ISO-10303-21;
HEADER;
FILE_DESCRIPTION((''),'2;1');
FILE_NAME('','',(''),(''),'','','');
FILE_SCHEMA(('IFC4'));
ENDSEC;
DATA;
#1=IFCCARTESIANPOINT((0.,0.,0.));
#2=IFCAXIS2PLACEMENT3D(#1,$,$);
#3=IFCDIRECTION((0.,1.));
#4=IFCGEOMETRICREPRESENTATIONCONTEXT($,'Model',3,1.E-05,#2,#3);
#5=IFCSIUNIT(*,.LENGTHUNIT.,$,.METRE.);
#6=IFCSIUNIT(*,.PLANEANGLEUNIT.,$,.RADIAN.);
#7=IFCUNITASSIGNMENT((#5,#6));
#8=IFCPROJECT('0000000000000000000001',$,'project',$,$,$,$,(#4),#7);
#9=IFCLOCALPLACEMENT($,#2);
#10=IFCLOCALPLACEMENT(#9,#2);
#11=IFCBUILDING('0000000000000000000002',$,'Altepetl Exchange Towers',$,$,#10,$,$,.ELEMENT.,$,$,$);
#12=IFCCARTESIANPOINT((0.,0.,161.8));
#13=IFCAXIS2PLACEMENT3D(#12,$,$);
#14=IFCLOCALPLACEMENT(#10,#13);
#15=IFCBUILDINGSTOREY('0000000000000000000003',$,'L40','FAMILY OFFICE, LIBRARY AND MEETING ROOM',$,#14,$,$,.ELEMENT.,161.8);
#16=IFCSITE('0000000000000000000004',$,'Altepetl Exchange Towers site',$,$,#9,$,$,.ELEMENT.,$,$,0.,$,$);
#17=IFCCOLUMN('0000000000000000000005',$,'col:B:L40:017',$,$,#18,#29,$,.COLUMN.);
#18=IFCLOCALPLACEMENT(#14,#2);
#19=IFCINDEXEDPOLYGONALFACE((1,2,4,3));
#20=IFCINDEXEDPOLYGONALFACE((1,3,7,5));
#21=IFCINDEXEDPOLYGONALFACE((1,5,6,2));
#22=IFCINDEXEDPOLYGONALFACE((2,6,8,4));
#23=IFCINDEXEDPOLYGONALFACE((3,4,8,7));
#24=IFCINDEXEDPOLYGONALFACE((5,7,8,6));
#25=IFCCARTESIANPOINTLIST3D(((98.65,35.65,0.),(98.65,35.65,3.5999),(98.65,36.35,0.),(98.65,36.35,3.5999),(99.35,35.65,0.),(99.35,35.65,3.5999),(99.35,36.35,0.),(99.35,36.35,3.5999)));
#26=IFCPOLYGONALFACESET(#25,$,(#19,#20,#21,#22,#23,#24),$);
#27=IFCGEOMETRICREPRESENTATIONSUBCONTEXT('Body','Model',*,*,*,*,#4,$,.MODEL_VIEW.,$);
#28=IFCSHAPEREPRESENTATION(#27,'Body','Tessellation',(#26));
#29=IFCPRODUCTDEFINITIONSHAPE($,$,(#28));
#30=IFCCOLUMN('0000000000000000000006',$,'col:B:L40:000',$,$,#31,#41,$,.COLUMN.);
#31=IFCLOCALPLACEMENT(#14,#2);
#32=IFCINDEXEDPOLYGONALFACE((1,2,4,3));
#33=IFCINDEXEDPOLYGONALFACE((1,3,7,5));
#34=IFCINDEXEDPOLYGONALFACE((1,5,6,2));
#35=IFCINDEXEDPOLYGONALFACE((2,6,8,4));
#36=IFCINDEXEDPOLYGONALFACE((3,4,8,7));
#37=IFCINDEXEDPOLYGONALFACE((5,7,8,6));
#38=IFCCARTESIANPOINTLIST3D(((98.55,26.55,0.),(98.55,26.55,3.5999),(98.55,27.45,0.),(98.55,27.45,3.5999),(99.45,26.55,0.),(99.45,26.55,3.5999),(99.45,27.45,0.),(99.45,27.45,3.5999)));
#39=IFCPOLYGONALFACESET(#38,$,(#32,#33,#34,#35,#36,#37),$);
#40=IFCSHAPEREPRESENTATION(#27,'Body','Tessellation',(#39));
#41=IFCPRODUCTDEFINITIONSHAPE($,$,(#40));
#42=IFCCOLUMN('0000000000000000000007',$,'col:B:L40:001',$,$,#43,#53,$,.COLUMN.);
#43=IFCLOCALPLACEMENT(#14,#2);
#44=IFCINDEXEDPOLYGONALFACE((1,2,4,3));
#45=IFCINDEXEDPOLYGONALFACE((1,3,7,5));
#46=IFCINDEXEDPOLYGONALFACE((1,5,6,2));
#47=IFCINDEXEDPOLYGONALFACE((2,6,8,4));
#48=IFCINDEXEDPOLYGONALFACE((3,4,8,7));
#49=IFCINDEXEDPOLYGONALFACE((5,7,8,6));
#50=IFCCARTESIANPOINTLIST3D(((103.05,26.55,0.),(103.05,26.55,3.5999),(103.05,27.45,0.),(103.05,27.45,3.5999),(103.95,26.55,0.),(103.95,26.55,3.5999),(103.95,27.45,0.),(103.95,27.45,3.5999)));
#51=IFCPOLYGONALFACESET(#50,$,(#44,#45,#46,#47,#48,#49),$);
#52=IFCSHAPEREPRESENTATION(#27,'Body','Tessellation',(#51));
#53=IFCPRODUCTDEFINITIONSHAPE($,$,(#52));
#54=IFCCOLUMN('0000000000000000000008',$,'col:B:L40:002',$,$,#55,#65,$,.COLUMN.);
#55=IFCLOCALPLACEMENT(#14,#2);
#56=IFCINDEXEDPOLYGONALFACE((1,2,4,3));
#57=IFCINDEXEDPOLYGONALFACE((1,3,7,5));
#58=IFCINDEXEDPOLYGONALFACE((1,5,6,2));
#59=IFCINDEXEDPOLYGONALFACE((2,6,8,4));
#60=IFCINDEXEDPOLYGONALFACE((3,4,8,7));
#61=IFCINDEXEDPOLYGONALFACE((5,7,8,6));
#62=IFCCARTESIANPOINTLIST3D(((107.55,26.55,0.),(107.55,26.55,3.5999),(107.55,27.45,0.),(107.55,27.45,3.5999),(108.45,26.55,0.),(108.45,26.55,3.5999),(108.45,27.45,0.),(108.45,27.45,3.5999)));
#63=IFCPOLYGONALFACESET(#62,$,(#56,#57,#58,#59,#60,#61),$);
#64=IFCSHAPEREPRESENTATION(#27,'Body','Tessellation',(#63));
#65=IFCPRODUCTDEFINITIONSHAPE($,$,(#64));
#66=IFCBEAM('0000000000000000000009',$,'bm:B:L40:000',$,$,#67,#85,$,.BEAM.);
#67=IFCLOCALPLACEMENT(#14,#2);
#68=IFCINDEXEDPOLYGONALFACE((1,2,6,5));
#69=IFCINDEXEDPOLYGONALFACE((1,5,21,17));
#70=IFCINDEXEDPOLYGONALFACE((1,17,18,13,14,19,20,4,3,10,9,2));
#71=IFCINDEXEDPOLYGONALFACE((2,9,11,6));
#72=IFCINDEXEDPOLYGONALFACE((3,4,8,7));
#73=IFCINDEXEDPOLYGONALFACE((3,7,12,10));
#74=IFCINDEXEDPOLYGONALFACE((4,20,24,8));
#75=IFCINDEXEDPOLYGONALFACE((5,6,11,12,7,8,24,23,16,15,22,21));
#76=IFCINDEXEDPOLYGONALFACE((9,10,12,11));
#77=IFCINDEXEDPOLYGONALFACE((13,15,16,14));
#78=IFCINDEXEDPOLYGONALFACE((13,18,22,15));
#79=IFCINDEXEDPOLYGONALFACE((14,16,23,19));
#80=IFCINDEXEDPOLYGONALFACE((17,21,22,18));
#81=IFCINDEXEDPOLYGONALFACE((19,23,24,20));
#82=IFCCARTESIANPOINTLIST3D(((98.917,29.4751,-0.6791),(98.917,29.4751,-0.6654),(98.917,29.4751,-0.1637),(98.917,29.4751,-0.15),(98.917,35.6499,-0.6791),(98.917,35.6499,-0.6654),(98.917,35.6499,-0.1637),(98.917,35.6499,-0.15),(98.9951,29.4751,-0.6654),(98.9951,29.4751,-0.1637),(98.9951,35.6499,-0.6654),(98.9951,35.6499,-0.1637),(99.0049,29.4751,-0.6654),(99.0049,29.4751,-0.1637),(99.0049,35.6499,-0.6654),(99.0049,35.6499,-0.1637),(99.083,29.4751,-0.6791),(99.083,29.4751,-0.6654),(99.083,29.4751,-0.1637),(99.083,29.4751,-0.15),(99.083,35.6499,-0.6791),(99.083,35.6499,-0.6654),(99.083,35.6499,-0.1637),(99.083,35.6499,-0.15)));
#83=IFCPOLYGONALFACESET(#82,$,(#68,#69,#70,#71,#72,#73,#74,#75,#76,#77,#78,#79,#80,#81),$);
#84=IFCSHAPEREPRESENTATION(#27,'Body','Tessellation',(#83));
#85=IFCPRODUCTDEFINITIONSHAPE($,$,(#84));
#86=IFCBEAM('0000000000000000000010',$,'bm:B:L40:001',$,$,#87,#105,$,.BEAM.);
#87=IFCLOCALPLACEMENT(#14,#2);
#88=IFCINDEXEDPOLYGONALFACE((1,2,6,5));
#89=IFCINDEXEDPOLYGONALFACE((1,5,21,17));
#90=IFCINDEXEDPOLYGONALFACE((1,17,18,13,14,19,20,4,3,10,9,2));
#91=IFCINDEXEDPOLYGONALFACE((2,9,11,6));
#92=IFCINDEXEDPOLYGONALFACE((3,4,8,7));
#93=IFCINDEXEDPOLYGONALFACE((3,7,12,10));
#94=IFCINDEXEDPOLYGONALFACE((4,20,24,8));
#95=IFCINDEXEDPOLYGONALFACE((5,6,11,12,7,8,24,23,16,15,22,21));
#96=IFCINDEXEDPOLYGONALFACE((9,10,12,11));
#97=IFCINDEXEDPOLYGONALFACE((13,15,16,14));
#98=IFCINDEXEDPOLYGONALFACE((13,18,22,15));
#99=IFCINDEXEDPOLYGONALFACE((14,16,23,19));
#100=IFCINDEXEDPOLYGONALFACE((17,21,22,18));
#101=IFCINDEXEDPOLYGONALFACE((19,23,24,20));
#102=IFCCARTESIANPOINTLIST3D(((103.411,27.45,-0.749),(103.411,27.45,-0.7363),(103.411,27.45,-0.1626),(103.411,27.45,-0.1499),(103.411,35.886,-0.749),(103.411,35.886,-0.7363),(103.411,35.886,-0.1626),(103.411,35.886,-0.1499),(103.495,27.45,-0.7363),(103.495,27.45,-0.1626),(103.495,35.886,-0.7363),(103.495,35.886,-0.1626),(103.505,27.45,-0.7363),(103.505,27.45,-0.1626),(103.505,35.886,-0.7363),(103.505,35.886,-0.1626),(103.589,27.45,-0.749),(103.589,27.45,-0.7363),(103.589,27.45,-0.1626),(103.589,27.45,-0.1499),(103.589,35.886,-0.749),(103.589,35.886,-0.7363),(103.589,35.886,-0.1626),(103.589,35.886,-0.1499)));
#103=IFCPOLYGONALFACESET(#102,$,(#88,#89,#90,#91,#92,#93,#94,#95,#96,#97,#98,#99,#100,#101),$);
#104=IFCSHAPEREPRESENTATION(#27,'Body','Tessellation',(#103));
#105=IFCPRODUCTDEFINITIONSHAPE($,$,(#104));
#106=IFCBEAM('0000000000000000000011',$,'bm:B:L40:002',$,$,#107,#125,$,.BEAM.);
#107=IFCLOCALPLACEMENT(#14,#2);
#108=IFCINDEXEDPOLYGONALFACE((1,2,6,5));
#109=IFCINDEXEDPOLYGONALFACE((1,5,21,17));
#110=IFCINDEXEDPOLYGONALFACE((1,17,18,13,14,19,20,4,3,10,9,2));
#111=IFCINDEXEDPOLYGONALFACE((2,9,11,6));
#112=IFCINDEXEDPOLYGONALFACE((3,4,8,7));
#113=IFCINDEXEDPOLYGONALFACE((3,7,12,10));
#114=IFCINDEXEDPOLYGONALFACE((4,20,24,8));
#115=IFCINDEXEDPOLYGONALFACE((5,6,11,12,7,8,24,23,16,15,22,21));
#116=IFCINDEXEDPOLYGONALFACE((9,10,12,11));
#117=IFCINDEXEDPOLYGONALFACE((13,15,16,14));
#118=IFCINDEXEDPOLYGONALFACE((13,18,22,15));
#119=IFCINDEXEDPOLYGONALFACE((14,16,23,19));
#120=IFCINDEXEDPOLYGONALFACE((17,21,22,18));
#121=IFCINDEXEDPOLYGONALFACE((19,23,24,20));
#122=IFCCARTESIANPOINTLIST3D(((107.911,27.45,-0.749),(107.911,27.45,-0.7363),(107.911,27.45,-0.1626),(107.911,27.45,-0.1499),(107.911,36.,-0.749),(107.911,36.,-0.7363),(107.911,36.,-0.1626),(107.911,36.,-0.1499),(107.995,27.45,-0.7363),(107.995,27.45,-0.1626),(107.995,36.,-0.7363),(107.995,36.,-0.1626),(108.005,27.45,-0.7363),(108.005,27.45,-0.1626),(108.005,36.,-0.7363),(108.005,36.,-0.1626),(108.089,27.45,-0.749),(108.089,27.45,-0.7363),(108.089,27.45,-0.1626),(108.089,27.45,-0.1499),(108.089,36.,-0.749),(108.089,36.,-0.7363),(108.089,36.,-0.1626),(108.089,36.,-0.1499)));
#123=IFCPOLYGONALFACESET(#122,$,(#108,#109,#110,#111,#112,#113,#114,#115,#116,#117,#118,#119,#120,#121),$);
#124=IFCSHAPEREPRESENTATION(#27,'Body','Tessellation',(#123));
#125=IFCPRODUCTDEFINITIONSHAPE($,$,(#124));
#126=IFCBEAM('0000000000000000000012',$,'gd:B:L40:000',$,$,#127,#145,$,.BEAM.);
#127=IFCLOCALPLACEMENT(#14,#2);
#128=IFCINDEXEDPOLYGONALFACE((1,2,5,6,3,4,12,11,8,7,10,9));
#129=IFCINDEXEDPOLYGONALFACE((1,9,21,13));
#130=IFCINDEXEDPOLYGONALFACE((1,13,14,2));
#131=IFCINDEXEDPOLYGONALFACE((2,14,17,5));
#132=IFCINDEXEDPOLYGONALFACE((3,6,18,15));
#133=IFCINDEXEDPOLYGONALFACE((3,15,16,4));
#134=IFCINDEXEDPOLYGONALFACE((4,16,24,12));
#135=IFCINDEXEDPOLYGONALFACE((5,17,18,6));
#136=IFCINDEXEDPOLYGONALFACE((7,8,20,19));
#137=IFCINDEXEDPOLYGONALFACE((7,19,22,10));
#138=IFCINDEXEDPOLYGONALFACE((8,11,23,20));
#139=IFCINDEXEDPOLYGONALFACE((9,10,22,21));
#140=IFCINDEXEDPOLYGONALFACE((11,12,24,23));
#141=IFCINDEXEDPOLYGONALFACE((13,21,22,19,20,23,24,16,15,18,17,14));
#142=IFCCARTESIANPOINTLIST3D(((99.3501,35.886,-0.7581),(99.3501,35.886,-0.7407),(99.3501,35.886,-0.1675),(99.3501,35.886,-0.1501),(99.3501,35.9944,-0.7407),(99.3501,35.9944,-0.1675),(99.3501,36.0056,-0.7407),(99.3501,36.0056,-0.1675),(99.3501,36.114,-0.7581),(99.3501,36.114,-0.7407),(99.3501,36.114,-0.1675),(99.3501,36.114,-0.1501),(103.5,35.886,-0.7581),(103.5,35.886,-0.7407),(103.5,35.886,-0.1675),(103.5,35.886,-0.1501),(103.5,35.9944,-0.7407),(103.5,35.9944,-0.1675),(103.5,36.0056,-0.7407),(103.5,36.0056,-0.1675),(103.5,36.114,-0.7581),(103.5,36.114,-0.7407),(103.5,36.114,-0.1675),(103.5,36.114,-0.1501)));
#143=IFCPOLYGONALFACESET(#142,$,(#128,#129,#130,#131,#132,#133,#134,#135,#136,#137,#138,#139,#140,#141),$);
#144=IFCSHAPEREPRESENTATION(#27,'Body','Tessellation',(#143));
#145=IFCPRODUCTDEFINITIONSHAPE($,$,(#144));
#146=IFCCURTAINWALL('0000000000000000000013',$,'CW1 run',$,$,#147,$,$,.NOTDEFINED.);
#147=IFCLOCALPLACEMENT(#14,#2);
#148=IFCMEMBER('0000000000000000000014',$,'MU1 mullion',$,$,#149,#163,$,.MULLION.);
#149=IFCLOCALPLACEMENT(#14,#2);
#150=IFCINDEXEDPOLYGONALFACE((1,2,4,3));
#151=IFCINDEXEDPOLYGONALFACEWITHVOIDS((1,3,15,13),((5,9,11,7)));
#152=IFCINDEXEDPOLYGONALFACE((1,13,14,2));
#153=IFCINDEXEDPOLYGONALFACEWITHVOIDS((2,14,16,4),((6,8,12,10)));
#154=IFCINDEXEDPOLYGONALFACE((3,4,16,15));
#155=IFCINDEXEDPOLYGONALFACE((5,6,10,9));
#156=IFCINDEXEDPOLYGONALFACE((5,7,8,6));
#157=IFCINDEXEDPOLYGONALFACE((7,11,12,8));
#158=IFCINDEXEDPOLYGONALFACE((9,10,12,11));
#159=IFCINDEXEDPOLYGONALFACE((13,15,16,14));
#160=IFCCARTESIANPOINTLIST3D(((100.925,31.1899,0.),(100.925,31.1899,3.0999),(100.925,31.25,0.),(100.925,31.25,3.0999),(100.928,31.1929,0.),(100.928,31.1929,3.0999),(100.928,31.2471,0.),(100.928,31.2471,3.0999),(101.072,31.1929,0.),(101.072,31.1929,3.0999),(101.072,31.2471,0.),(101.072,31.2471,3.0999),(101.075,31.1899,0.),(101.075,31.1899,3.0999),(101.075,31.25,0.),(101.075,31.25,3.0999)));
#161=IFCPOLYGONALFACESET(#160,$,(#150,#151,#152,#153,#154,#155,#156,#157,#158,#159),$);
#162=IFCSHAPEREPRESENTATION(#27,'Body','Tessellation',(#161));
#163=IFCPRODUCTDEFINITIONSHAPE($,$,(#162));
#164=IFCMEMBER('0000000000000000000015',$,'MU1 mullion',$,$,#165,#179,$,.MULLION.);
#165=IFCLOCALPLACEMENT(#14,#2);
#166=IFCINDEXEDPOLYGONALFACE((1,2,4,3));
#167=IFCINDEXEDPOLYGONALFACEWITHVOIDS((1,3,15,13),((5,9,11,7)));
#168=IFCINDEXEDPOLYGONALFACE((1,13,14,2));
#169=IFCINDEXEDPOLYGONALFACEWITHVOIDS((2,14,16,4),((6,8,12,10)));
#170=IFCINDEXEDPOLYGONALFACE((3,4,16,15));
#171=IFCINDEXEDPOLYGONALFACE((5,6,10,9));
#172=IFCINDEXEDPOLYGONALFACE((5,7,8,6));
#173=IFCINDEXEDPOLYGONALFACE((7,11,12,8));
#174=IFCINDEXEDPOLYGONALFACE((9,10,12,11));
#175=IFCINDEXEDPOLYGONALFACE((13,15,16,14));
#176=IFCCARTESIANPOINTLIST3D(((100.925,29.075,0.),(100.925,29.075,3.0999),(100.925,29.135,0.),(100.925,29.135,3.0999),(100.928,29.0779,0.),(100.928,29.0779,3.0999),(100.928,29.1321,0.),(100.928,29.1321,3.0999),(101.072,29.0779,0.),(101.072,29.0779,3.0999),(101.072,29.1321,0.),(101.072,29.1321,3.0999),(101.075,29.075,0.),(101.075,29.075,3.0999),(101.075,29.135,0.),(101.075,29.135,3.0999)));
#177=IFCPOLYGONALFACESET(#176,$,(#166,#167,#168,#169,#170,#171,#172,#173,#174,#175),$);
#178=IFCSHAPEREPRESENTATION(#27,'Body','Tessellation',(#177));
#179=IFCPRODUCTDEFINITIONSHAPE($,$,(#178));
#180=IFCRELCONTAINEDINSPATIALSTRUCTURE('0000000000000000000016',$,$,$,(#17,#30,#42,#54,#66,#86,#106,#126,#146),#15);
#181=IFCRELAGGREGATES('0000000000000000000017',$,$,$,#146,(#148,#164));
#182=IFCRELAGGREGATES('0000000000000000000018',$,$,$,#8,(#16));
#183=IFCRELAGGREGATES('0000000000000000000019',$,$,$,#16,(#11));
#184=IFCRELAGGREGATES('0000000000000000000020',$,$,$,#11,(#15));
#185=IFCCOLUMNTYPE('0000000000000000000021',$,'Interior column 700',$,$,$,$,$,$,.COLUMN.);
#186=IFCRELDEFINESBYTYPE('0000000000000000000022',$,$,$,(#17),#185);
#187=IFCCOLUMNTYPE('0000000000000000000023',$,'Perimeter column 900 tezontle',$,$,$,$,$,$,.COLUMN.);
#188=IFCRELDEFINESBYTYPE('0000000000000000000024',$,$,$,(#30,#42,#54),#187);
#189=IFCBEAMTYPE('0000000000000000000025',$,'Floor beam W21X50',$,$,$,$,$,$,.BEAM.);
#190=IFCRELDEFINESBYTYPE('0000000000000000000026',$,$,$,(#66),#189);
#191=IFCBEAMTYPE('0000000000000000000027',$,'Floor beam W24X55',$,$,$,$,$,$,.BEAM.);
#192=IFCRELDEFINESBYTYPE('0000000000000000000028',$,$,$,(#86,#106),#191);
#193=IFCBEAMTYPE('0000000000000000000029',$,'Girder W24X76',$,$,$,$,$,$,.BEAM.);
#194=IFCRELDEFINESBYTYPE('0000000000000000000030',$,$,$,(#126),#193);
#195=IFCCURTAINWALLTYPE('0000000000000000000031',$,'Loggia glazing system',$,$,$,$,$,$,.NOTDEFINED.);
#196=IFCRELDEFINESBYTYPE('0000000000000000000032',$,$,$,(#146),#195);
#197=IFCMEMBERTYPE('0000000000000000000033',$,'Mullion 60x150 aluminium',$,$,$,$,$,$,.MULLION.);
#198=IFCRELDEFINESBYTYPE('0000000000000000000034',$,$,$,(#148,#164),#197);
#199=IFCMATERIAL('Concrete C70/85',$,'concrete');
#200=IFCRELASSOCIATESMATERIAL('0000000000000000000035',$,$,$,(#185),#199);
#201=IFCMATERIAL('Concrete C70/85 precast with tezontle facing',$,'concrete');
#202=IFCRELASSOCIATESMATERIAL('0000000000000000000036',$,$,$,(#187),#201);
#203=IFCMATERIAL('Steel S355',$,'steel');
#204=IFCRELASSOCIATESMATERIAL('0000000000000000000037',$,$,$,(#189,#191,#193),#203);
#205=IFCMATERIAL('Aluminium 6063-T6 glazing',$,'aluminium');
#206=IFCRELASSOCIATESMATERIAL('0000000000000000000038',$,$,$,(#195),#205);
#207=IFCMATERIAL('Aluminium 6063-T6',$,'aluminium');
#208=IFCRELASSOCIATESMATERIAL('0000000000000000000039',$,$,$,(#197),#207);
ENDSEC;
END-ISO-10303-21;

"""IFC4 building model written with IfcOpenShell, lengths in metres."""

from ifc_helpers import new_model, si_unit, direction, frame, origin, origin_2d, place, context, subcontext, project, spatial, rectangle, hollow_rectangle, i_section, extrude, material, material_profile, profile_set, type_object, element, aggregate, save


model = new_model("IFC4")

# Units and contexts
model_context = context("Model", 3, precision=1e-05, world=origin(), true_north=direction((0.0, 1.0)))
body_context = subcontext(model_context, "Body", "Model", "MODEL_VIEW")
ifc_project = project(units=[si_unit("LENGTHUNIT", "METRE"), si_unit("PLANEANGLEUNIT", "RADIAN")], contexts=[model_context])

# Site, building, storey
site_placement = place(None, origin())
site = spatial("IfcSite", under=ifc_project, at=site_placement, Name="Altepetl Exchange Towers site", CompositionType="ELEMENT", RefElevation=0.0)
building_placement = place(site_placement, origin())
building = spatial("IfcBuilding", under=site, at=building_placement, Name="Altepetl Exchange Towers", CompositionType="ELEMENT")
storey_placement = place(building_placement, frame((0.0, 0.0, 161.8)))
storey = spatial("IfcBuildingStorey", under=building, at=storey_placement, Name="L40", Description="FAMILY OFFICE, LIBRARY AND MEETING ROOM", CompositionType="ELEMENT", Elevation=161.8)

# Columns
ifc_material_1 = material(Name="Concrete C70/85", Category="concrete")
ifc_material_profile_1 = material_profile(ifc_material_1, rectangle(XDim=0.7, YDim=0.7, at=origin_2d()), Name="700 x 700")
ifc_profile_set_1 = profile_set([ifc_material_profile_1], Name="Concrete C70/85")
column_type_1 = type_object("IfcColumnType", Name="Interior column 700", PredefinedType="COLUMN", material=ifc_profile_set_1)
column_placement = place(storey_placement, frame((99.0, 36.0, 0.0)))
element("IfcColumn", 1, at=column_placement, inside=storey, type_object=column_type_1, Name="col:B:L40:017", PredefinedType="COLUMN", context=body_context, shape_type="SweptSolid", body=[
    extrude(rectangle(XDim=0.7, YDim=0.7, at=origin_2d()), origin(), (0.0, 0.0, 1.0), 3.5999),
])
ifc_material_2 = material(Name="Concrete C70/85 precast with tezontle facing", Category="concrete")
ifc_material_profile_2 = material_profile(ifc_material_2, rectangle(XDim=0.8999, YDim=0.8999, at=origin_2d()), Name="900 x 900")
ifc_profile_set_2 = profile_set([ifc_material_profile_2], Name="Concrete C70/85 precast with tezontle facing")
column_type_2 = type_object("IfcColumnType", Name="Perimeter column 900 tezontle", PredefinedType="COLUMN", material=ifc_profile_set_2)
for number, where, name in (
    (2, (99.0, 27.0, 0.0), "col:B:L40:000"),
    (3, (103.5, 27.0, 0.0), "col:B:L40:001"),
    (4, (108.0, 27.0, 0.0), "col:B:L40:002"),
):
    element("IfcColumn", number, at=place(storey_placement, frame(where)), inside=storey, type_object=column_type_2, Name=name, PredefinedType="COLUMN", context=body_context, shape_type="SweptSolid", body=[
        extrude(rectangle(XDim=0.8999, YDim=0.8999, at=origin_2d()), origin(), (0.0, 0.0, 1.0), 3.5999),
    ])

# Beams
ifc_material_3 = material(Name="Steel S355", Category="steel")
ifc_material_profile_3 = material_profile(ifc_material_3, i_section(OverallWidth=0.166, OverallDepth=0.5291, WebThickness=0.0098, FlangeThickness=0.0137, at=origin_2d()), Name="W21X50")
ifc_profile_set_3 = profile_set([ifc_material_profile_3], Name="Steel S355")
beam_type_1 = type_object("IfcBeamType", Name="Floor beam W21X50", PredefinedType="BEAM", material=ifc_profile_set_3)
beam_1_placement = place(storey_placement, frame((99.0, 29.4751, -0.4146), z_axis=(0.0, 1.0, 0.0), x_axis=(-1.0, 0.0, 0.0)))
element("IfcBeam", 5, at=beam_1_placement, inside=storey, type_object=beam_type_1, Name="bm:B:L40:000", PredefinedType="BEAM", context=body_context, shape_type="SweptSolid", body=[
    extrude(i_section(OverallWidth=0.166, OverallDepth=0.5291, WebThickness=0.0098, FlangeThickness=0.0137, at=origin_2d()), origin(), (0.0, 0.0, 1.0), 6.1748),
])
ifc_material_profile_4 = material_profile(ifc_material_3, i_section(OverallWidth=0.178, OverallDepth=0.5991, WebThickness=0.01, FlangeThickness=0.0127, at=origin_2d()), Name="W24X55")
ifc_profile_set_4 = profile_set([ifc_material_profile_4], Name="Steel S355")
beam_type_2 = type_object("IfcBeamType", Name="Floor beam W24X55", PredefinedType="BEAM", material=ifc_profile_set_4)
beam_2_placement = place(storey_placement, frame((103.5, 27.45, -0.4495), z_axis=(0.0, 1.0, 0.0), x_axis=(-1.0, 0.0, 0.0)))
element("IfcBeam", 6, at=beam_2_placement, inside=storey, type_object=beam_type_2, Name="bm:B:L40:001", PredefinedType="BEAM", context=body_context, shape_type="SweptSolid", body=[
    extrude(i_section(OverallWidth=0.178, OverallDepth=0.5991, WebThickness=0.01, FlangeThickness=0.0127, at=origin_2d()), origin(), (0.0, 0.0, 1.0), 8.436),
])
beam_3_placement = place(storey_placement, frame((108.0, 27.45, -0.4495), z_axis=(0.0, 1.0, 0.0), x_axis=(-1.0, 0.0, 0.0)))
element("IfcBeam", 7, at=beam_3_placement, inside=storey, type_object=beam_type_2, Name="bm:B:L40:002", PredefinedType="BEAM", context=body_context, shape_type="SweptSolid", body=[
    extrude(i_section(OverallWidth=0.178, OverallDepth=0.5991, WebThickness=0.01, FlangeThickness=0.0127, at=origin_2d()), origin(), (0.0, 0.0, 1.0), 8.55),
])
ifc_material_profile_5 = material_profile(ifc_material_3, i_section(OverallWidth=0.228, OverallDepth=0.6079, WebThickness=0.0112, FlangeThickness=0.0173, at=origin_2d()), Name="W24X76")
ifc_profile_set_5 = profile_set([ifc_material_profile_5], Name="Steel S355")
beam_type_3 = type_object("IfcBeamType", Name="Girder W24X76", PredefinedType="BEAM", material=ifc_profile_set_5)
beam_4_placement = place(storey_placement, frame((103.5, 36.0, -0.4541), z_axis=(-1.0, 0.0, 0.0), x_axis=(0.0, -1.0, 0.0)))
element("IfcBeam", 8, at=beam_4_placement, inside=storey, type_object=beam_type_3, Name="gd:B:L40:000", PredefinedType="BEAM", context=body_context, shape_type="SweptSolid", body=[
    extrude(i_section(OverallWidth=0.228, OverallDepth=0.6079, WebThickness=0.0112, FlangeThickness=0.0173, at=origin_2d()), origin(), (0.0, 0.0, 1.0), 4.1499),
])

# Curtain wall, members
ifc_material_4 = material(Name="Aluminium 6063-T6 glazing", Category="aluminium")
curtain_wall_type = type_object("IfcCurtainWallType", Name="Loggia glazing system", PredefinedType="NOTDEFINED", material=ifc_material_4)
curtain_wall_1_placement = place(storey_placement, origin())
curtain_wall_1 = element("IfcCurtainWall", 9, at=curtain_wall_1_placement, inside=storey, type_object=curtain_wall_type, Name="CW1 run", PredefinedType="NOTDEFINED")
ifc_material_5 = material(Name="Aluminium 6063-T6", Category="aluminium")
ifc_material_profile_6 = material_profile(ifc_material_5, hollow_rectangle(XDim=0.0601, YDim=0.1499, WallThickness=0.0029, at=origin_2d()), Name="Mullion 60x150 aluminium")
ifc_profile_set_6 = profile_set([ifc_material_profile_6], Name="Aluminium 6063-T6")
member_type = type_object("IfcMemberType", Name="Mullion 60x150 aluminium", PredefinedType="MULLION", material=ifc_profile_set_6)
member_1_placement = place(storey_placement, frame((101.0, 31.22, 0.0), z_axis=(0.0, 0.0, 1.0), x_axis=(0.0, -1.0, 0.0)))
member_1 = element("IfcMember", 10, at=member_1_placement, type_object=member_type, Name="MU1 mullion", PredefinedType="MULLION", context=body_context, shape_type="SweptSolid", body=[
    extrude(hollow_rectangle(XDim=0.0601, YDim=0.1499, WallThickness=0.0029, at=origin_2d()), origin(), (0.0, 0.0, 1.0), 3.0999),
])
member_2_placement = place(storey_placement, frame((101.0, 29.105, 0.0), z_axis=(0.0, 0.0, 1.0), x_axis=(0.0, -1.0, 0.0)))
member_2 = element("IfcMember", 11, at=member_2_placement, type_object=member_type, Name="MU1 mullion", PredefinedType="MULLION", context=body_context, shape_type="SweptSolid", body=[
    extrude(hollow_rectangle(XDim=0.0601, YDim=0.1499, WallThickness=0.0029, at=origin_2d()), origin(), (0.0, 0.0, 1.0), 3.0999),
])

aggregate(curtain_wall_1, [member_1, member_2])

save(model, "model.ifc")
